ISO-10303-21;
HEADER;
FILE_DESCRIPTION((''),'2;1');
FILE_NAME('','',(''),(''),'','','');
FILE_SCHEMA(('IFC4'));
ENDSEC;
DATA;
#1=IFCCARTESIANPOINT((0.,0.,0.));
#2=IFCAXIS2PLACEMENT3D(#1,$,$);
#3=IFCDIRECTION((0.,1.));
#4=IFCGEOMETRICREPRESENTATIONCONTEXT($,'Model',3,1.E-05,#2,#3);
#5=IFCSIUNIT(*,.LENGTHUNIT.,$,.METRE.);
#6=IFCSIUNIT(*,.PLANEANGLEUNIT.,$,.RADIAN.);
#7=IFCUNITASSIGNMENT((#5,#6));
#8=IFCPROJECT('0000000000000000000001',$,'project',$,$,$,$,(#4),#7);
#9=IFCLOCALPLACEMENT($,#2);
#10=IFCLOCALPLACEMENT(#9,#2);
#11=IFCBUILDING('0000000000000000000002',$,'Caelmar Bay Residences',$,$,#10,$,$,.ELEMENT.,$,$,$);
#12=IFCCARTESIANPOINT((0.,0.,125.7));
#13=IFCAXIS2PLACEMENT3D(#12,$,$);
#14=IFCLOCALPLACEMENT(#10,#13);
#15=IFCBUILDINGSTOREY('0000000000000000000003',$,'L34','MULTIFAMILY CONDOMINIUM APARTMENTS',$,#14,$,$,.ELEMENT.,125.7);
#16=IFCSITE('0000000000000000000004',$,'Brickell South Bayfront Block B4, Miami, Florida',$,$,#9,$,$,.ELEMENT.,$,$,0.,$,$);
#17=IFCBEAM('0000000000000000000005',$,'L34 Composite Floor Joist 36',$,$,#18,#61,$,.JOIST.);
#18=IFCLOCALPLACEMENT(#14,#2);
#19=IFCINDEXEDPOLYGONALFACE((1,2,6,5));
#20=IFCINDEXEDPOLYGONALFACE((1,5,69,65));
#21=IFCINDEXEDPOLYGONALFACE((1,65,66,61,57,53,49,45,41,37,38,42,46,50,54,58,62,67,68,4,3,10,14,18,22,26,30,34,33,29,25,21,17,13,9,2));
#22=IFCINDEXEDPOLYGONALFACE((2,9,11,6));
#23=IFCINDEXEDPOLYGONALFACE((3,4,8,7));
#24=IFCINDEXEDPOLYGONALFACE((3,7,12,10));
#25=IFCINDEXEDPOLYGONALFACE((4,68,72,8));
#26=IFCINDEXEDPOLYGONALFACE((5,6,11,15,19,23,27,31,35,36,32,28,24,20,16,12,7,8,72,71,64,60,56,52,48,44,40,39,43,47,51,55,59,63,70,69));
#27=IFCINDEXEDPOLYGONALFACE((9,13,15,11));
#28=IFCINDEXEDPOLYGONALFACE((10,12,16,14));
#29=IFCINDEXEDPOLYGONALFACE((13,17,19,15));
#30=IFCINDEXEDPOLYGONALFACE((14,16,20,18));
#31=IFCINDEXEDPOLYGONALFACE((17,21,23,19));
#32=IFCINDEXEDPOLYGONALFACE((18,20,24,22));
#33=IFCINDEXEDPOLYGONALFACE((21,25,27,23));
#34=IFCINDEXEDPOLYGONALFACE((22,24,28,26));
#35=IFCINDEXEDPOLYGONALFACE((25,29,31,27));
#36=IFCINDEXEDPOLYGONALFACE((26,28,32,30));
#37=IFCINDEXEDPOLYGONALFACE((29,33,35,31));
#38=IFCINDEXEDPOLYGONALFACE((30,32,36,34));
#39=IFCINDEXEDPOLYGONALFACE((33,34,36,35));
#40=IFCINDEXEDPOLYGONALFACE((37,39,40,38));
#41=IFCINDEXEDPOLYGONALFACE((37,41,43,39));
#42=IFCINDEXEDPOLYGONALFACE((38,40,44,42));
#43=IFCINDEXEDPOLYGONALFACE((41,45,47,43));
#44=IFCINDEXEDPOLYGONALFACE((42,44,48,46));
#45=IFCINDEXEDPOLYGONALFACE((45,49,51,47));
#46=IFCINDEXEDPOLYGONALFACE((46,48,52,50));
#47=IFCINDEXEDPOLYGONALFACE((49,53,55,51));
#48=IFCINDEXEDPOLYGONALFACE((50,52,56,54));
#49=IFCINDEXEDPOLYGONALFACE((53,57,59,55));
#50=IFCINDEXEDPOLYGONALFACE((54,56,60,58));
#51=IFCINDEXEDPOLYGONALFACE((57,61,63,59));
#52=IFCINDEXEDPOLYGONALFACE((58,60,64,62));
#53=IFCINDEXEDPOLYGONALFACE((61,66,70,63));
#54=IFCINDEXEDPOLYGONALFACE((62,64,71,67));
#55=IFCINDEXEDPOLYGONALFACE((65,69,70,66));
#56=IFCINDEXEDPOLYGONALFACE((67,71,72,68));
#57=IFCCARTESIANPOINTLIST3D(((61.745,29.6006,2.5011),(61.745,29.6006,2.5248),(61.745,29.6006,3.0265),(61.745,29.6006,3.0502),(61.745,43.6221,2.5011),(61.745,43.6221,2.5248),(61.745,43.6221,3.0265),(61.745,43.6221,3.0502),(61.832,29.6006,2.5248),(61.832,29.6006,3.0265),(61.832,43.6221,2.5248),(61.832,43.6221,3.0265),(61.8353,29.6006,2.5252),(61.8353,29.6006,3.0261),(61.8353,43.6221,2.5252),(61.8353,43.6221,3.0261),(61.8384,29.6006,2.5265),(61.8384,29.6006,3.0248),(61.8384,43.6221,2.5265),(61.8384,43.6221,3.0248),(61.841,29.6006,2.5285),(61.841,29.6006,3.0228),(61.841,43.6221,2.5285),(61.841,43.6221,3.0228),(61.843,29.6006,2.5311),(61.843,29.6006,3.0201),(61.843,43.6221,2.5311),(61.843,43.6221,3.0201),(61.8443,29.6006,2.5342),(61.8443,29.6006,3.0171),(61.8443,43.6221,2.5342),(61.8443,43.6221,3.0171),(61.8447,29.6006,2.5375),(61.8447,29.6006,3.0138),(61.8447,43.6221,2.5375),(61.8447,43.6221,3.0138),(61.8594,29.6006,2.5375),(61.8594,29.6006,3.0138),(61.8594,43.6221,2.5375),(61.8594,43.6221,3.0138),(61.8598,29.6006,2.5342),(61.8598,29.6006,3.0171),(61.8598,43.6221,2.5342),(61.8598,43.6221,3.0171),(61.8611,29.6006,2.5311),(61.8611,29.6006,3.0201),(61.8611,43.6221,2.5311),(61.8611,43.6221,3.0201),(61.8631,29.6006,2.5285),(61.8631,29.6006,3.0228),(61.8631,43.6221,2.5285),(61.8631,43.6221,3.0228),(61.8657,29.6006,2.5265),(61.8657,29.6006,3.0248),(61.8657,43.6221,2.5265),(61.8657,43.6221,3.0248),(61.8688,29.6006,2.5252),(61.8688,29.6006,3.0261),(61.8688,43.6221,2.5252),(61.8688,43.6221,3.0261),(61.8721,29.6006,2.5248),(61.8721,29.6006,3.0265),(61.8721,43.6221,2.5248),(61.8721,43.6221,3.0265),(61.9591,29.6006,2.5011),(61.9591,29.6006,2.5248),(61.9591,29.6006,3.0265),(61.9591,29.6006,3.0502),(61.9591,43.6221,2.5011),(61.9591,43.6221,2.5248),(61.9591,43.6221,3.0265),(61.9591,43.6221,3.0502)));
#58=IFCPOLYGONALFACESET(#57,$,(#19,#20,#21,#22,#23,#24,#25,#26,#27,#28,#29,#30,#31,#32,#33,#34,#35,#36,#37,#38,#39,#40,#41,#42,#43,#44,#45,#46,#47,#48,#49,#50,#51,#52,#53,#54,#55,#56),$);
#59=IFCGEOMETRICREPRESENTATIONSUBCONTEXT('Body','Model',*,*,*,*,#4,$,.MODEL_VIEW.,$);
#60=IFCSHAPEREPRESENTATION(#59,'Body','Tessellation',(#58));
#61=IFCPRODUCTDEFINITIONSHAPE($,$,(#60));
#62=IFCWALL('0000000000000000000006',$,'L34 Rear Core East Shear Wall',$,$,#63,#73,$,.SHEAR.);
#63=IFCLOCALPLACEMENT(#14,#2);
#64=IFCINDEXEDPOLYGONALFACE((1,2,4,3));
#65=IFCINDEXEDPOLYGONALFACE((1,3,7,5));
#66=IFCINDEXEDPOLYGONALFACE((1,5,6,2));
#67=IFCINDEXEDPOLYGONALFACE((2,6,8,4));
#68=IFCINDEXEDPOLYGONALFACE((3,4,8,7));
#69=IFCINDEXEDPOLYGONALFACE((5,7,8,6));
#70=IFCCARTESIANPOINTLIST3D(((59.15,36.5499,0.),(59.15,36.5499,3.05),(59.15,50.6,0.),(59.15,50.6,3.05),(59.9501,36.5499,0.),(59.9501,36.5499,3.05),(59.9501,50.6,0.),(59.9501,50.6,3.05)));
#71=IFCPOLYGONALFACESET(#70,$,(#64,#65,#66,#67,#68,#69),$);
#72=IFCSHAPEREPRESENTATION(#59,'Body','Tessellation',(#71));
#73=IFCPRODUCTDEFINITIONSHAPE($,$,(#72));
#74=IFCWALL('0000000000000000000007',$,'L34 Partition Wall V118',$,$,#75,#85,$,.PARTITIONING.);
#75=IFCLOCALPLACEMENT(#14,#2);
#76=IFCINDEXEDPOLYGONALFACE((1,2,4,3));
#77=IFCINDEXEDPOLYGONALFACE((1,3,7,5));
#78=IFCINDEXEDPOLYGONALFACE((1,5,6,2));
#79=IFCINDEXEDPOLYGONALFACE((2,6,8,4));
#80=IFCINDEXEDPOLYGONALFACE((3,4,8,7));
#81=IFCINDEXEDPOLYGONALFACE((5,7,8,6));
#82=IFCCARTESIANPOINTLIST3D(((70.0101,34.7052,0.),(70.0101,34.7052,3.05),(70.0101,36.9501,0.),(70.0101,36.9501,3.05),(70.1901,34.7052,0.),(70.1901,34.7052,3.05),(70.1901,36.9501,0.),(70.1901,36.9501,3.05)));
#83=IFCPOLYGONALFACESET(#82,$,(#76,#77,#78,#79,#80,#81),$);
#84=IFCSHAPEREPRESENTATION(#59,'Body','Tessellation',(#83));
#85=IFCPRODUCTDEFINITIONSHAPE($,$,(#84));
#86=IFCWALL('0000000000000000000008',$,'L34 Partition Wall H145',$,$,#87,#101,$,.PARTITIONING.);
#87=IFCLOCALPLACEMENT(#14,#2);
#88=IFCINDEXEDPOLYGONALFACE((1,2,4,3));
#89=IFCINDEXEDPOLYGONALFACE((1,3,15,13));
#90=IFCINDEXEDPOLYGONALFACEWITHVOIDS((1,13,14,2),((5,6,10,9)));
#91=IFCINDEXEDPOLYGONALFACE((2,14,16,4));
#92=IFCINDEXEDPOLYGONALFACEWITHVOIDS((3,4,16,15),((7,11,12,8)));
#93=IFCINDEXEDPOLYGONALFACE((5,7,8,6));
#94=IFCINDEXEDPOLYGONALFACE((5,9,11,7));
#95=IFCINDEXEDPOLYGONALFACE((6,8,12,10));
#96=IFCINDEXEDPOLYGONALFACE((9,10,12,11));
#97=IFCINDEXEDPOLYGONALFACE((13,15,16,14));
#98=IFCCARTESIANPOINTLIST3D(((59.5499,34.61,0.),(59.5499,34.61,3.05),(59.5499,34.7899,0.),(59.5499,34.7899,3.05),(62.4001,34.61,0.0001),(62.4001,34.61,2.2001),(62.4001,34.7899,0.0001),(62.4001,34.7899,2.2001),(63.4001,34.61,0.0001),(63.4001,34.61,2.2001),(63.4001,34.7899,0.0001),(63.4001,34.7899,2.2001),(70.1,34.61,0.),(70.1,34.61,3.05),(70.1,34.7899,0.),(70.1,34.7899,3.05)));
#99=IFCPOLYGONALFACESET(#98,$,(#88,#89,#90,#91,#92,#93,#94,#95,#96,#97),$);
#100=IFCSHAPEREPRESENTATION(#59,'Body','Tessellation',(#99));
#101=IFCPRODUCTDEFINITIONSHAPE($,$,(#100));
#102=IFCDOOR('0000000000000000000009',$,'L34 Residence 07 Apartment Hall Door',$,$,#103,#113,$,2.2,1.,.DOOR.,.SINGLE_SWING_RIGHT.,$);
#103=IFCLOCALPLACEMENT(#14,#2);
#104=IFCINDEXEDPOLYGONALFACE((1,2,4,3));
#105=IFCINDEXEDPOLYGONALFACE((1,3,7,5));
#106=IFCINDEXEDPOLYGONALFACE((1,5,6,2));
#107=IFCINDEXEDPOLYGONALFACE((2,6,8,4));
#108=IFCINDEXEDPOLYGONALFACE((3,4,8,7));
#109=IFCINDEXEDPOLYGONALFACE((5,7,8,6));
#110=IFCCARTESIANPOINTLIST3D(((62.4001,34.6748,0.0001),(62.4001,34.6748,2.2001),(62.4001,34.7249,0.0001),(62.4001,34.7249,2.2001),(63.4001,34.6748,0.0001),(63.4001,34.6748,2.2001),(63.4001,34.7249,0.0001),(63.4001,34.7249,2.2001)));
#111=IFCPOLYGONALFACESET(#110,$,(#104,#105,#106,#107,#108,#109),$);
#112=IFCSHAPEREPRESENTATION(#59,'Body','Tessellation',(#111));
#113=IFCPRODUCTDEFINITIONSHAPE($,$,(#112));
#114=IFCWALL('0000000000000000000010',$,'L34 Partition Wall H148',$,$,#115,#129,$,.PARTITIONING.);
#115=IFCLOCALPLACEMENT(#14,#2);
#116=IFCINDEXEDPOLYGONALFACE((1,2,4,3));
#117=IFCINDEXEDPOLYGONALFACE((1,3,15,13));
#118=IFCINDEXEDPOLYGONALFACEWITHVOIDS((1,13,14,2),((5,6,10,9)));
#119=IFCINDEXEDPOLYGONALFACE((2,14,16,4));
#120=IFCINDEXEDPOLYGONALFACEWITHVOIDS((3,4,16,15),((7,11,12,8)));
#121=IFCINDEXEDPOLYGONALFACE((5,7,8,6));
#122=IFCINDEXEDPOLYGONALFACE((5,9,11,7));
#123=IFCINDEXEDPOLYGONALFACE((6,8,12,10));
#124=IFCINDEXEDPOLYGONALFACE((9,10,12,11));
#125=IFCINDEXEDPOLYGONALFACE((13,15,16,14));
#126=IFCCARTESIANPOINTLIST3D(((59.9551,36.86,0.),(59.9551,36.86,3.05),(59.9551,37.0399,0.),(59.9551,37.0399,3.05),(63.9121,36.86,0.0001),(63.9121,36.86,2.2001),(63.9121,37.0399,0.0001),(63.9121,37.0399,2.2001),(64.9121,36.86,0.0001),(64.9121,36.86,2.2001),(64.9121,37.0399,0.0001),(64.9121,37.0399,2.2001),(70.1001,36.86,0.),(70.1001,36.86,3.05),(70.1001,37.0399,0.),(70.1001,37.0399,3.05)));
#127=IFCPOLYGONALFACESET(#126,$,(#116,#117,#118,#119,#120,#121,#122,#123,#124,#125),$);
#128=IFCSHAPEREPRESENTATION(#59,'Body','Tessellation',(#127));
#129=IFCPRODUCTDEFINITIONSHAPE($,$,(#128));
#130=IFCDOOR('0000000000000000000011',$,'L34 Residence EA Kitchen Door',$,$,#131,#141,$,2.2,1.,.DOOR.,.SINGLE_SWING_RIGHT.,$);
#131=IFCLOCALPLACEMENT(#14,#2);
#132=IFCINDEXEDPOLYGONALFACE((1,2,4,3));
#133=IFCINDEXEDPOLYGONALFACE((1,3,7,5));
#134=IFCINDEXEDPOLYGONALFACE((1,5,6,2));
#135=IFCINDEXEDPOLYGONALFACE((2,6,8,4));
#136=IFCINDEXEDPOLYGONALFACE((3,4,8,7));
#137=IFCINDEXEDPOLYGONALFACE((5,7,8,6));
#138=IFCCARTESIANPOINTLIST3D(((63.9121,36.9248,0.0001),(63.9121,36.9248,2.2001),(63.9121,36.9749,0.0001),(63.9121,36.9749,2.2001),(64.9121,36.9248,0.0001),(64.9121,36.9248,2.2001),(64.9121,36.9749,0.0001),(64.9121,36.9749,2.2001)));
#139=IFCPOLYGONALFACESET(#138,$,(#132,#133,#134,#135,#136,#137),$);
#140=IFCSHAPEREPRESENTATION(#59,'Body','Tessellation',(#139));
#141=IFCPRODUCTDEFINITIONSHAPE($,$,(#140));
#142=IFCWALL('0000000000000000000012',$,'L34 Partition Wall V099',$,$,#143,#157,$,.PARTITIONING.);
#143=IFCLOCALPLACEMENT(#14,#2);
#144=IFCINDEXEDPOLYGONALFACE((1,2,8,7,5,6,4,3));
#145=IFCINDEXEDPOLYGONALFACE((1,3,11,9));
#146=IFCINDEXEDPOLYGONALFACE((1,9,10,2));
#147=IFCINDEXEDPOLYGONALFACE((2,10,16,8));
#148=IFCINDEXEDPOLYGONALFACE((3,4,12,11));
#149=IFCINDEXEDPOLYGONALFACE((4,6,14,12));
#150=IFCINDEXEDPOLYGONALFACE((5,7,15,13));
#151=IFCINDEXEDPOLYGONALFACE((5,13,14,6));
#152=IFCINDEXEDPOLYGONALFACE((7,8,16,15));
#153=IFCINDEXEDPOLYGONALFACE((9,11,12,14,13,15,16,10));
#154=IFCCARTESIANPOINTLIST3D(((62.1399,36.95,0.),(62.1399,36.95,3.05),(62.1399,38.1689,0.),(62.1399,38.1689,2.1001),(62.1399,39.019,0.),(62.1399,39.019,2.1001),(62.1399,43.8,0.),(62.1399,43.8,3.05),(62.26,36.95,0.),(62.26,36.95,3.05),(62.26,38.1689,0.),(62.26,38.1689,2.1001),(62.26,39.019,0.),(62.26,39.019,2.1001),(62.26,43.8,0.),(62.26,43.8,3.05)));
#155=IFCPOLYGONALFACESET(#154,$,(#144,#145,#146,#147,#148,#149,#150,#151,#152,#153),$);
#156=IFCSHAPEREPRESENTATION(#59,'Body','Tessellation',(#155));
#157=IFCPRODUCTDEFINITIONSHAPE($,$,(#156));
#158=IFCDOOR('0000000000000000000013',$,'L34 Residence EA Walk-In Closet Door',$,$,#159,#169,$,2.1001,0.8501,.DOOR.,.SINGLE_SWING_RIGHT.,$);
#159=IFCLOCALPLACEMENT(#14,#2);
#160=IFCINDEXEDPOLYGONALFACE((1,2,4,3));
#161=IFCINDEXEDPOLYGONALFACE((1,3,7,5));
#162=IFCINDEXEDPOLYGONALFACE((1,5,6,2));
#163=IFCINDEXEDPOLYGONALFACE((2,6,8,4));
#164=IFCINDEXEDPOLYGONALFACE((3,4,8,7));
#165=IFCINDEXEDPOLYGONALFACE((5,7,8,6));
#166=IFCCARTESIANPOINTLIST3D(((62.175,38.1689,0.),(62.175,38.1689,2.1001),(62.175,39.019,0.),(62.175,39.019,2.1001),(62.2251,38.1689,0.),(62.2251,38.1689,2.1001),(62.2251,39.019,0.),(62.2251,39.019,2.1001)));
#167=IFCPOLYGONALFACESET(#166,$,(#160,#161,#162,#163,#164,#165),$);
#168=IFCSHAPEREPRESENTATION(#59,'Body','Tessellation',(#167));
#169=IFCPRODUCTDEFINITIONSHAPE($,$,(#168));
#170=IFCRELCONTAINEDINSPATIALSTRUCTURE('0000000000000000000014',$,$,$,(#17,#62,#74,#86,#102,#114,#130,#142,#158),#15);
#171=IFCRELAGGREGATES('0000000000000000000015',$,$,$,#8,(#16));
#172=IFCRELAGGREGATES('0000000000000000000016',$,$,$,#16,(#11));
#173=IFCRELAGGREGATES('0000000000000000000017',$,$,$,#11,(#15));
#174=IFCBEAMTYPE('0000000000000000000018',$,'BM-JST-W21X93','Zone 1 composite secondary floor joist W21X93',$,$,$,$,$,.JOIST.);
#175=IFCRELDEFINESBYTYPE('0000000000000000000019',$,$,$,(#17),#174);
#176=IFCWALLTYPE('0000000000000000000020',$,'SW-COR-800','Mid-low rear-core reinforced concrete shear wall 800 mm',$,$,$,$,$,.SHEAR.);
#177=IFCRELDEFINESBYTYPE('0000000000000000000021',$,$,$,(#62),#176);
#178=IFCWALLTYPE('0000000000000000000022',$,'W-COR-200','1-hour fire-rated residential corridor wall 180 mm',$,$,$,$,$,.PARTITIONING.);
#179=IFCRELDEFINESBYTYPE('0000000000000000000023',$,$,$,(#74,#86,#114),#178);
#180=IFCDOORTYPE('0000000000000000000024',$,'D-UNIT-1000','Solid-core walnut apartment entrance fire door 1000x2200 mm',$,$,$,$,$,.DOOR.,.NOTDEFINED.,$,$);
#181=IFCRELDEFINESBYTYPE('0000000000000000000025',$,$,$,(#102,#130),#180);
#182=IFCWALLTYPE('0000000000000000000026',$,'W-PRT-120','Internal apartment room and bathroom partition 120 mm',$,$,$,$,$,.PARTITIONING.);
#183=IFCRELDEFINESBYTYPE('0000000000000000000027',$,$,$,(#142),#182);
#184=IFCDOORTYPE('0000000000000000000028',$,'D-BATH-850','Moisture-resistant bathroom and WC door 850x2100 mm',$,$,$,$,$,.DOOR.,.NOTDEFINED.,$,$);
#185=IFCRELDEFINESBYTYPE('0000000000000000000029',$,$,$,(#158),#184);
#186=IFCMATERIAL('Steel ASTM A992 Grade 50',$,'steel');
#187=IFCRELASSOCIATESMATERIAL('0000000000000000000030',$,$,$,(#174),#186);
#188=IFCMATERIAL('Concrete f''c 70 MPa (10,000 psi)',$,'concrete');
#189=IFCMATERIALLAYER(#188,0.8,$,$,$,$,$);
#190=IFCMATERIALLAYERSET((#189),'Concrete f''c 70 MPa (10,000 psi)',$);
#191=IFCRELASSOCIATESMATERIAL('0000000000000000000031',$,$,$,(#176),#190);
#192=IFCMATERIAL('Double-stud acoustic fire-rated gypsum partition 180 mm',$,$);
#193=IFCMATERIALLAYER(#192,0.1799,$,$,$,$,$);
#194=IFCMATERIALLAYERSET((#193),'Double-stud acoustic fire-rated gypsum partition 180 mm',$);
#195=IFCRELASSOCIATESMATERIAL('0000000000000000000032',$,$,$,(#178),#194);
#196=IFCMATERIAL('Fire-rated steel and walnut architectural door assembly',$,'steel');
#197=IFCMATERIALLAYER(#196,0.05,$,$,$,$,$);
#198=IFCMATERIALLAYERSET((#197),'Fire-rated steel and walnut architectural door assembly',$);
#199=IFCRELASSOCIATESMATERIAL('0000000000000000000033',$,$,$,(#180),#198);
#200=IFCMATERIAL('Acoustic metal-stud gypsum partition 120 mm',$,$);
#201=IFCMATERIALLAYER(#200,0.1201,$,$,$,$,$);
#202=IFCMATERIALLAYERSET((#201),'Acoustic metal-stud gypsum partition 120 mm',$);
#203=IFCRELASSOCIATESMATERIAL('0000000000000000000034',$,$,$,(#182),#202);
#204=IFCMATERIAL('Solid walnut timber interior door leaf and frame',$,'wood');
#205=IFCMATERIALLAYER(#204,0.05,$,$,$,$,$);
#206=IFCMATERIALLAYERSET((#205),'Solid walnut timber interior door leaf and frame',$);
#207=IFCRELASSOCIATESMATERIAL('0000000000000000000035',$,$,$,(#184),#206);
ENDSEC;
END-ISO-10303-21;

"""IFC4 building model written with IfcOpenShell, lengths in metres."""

from ifc_helpers import new_model, si_unit, direction, frame, frame_2d, origin, origin_2d, place, context, subcontext, project, spatial, rectangle, i_section, extrude, material, layer, layer_set, material_profile, profile_set, type_object, element, fill, save


model = new_model("IFC4")

# Units and contexts
model_context = context("Model", 3, precision=1e-05, world=origin(), true_north=direction((0.0, 1.0)))
body_context = subcontext(model_context, "Body", "Model", "MODEL_VIEW")
ifc_project = project(units=[si_unit("LENGTHUNIT", "METRE"), si_unit("PLANEANGLEUNIT", "RADIAN")], contexts=[model_context])

# Site, building, storey
site_placement = place(None, origin())
site = spatial("IfcSite", under=ifc_project, at=site_placement, Name="Brickell South Bayfront Block B4, Miami, Florida", CompositionType="ELEMENT", RefElevation=0.0)
building_placement = place(site_placement, origin())
building = spatial("IfcBuilding", under=site, at=building_placement, Name="Caelmar Bay Residences", CompositionType="ELEMENT")
storey_placement = place(building_placement, frame((0.0, 0.0, 125.7)))
storey = spatial("IfcBuildingStorey", under=building, at=storey_placement, Name="L34", Description="MULTIFAMILY CONDOMINIUM APARTMENTS", CompositionType="ELEMENT", Elevation=125.7)

# Shared definitions
ifc_material_1 = material(Name="Concrete f'c 70 MPa (10,000 psi)", Category="concrete")

# Beam
ifc_material_2 = material(Name="Steel ASTM A992 Grade 50", Category="steel")
ifc_material_profile_1 = material_profile(ifc_material_2, i_section(OverallWidth=0.2141, OverallDepth=0.5491, WebThickness=0.0146, FlangeThickness=0.0237, FilletRadius=0.0127, at=origin_2d()), Name="W21X93")
ifc_profile_set_1 = profile_set([ifc_material_profile_1], Name="Steel ASTM A992 Grade 50")
beam_type_1 = type_object("IfcBeamType", Name="BM-JST-W21X93", Description="Zone 1 composite secondary floor joist W21X93", PredefinedType="JOIST", material=ifc_profile_set_1)
beam_1_placement = place(storey_placement, frame((61.8521, 29.6006, 2.7756), z_axis=(0.0, 1.0, 0.0), x_axis=(-1.0, 0.0, 0.0)))
element("IfcBeam", 1, at=beam_1_placement, inside=storey, type_object=beam_type_1, Name="L34 Composite Floor Joist 36", PredefinedType="JOIST", context=body_context, shape_type="SweptSolid", body=[
    extrude(i_section(OverallWidth=0.2141, OverallDepth=0.5491, WebThickness=0.0146, FlangeThickness=0.0237, FilletRadius=0.0127, at=origin_2d()), origin(), (0.0, 0.0, 1.0), 14.0215),
])

# Walls
ifc_layer_1 = layer(ifc_material_1, 0.8)
ifc_layer_set_1 = layer_set([ifc_layer_1], Name="Concrete f'c 70 MPa (10,000 psi)")
wall_type_1 = type_object("IfcWallType", Name="SW-COR-800", Description="Mid-low rear-core reinforced concrete shear wall 800 mm", PredefinedType="SHEAR", material=ifc_layer_set_1)
wall_1_placement = place(storey_placement, frame((59.55, 36.55, 0.0), z_axis=(0.0, 0.0, 1.0), x_axis=(0.0, 1.0, 0.0)))
element("IfcWall", 2, at=wall_1_placement, inside=storey, type_object=wall_type_1, Name="L34 Rear Core East Shear Wall", PredefinedType="SHEAR", context=body_context, shape_type="SweptSolid", body=[
    extrude(rectangle(XDim=14.05, YDim=0.8, at=frame_2d((7.0249, 0.0))), origin(), (0.0, 0.0, 1.0), 3.05),
])
ifc_material_3 = material(Name="Double-stud acoustic fire-rated gypsum partition 180 mm")
ifc_layer_2 = layer(ifc_material_3, 0.1799)
ifc_layer_set_2 = layer_set([ifc_layer_2], Name="Double-stud acoustic fire-rated gypsum partition 180 mm")
wall_type_2 = type_object("IfcWallType", Name="W-COR-200", Description="1-hour fire-rated residential corridor wall 180 mm", PredefinedType="PARTITIONING", material=ifc_layer_set_2)
wall_2_placement = place(storey_placement, frame((70.1001, 34.7051, 0.0), z_axis=(0.0, 0.0, 1.0), x_axis=(0.0, 1.0, 0.0)))
element("IfcWall", 3, at=wall_2_placement, inside=storey, type_object=wall_type_2, Name="L34 Partition Wall V118", PredefinedType="PARTITIONING", context=body_context, shape_type="SweptSolid", body=[
    extrude(rectangle(XDim=2.2449, YDim=0.1799, at=frame_2d((1.1226, 0.0))), origin(), (0.0, 0.0, 1.0), 3.05),
])

# Walls, openings, doors
wall_3_placement = place(storey_placement, frame((59.55, 34.7, 0.0), z_axis=(0.0, 0.0, 1.0), x_axis=(1.0, 0.0, 0.0)))
wall_3 = element("IfcWall", 4, at=wall_3_placement, inside=storey, type_object=wall_type_2, Name="L34 Partition Wall H145", PredefinedType="PARTITIONING", context=body_context, shape_type="SweptSolid", body=[
    extrude(rectangle(XDim=10.55, YDim=0.1799, at=frame_2d((5.2749, 0.0))), origin(), (0.0, 0.0, 1.0), 3.05),
])
opening_1_placement = place(wall_3_placement, frame((2.8501, 0.0, 0.0)))
opening_1 = element("IfcOpeningElement", 5, at=opening_1_placement, cuts=wall_3, PredefinedType="OPENING", context=body_context, shape_type="SweptSolid", body=[
    extrude(rectangle(XDim=1.0, YDim=2.2, at=frame_2d((0.5, 1.1001))), frame((0.0, 0.0999, 0.0), z_axis=(0.0, -1.0, 0.0), x_axis=(1.0, 0.0, 0.0)), (0.0, 0.0, 1.0), 0.2),
])
ifc_material_4 = material(Name="Fire-rated steel and walnut architectural door assembly", Category="steel")
ifc_layer_3 = layer(ifc_material_4, 0.05)
ifc_layer_set_3 = layer_set([ifc_layer_3], Name="Fire-rated steel and walnut architectural door assembly")
door_type_1 = type_object("IfcDoorType", Name="D-UNIT-1000", Description="Solid-core walnut apartment entrance fire door 1000x2200 mm", OperationType="NOTDEFINED", PredefinedType="DOOR", material=ifc_layer_set_3)
door_1_placement = place(opening_1_placement, origin())
door_1 = element("IfcDoor", 6, at=door_1_placement, inside=storey, type_object=door_type_1, Name="L34 Residence 07 Apartment Hall Door", OperationType="SINGLE_SWING_RIGHT", OverallHeight=2.2, OverallWidth=1.0, PredefinedType="DOOR", context=body_context, shape_type="SweptSolid", body=[
    extrude(rectangle(XDim=1.0, YDim=2.2, at=frame_2d((0.5, 1.1001))), frame((0.0, 0.0249, 0.0), z_axis=(0.0, -1.0, 0.0), x_axis=(1.0, 0.0, 0.0)), (0.0, 0.0, 1.0), 0.05),
])
fill(opening_1, door_1)
wall_4_placement = place(storey_placement, frame((59.9551, 36.95, 0.0), z_axis=(0.0, 0.0, 1.0), x_axis=(1.0, 0.0, 0.0)))
wall_4 = element("IfcWall", 7, at=wall_4_placement, inside=storey, type_object=wall_type_2, Name="L34 Partition Wall H148", PredefinedType="PARTITIONING", context=body_context, shape_type="SweptSolid", body=[
    extrude(rectangle(XDim=10.145, YDim=0.1799, at=frame_2d((5.0725, 0.0))), origin(), (0.0, 0.0, 1.0), 3.05),
])
opening_2_placement = place(wall_4_placement, frame((3.957, 0.0, 0.0)))
opening_2 = element("IfcOpeningElement", 8, at=opening_2_placement, cuts=wall_4, PredefinedType="OPENING", context=body_context, shape_type="SweptSolid", body=[
    extrude(rectangle(XDim=1.0, YDim=2.2, at=frame_2d((0.5, 1.1001))), frame((0.0, 0.0999, 0.0), z_axis=(0.0, -1.0, 0.0), x_axis=(1.0, 0.0, 0.0)), (0.0, 0.0, 1.0), 0.2),
])
door_2_placement = place(opening_2_placement, origin())
door_2 = element("IfcDoor", 9, at=door_2_placement, inside=storey, type_object=door_type_1, Name="L34 Residence EA Kitchen Door", OperationType="SINGLE_SWING_RIGHT", OverallHeight=2.2, OverallWidth=1.0, PredefinedType="DOOR", context=body_context, shape_type="SweptSolid", body=[
    extrude(rectangle(XDim=1.0, YDim=2.2, at=frame_2d((0.5, 1.1001))), frame((0.0, 0.0249, 0.0), z_axis=(0.0, -1.0, 0.0), x_axis=(1.0, 0.0, 0.0)), (0.0, 0.0, 1.0), 0.05),
])
fill(opening_2, door_2)
ifc_material_5 = material(Name="Acoustic metal-stud gypsum partition 120 mm")
ifc_layer_4 = layer(ifc_material_5, 0.1201)
ifc_layer_set_4 = layer_set([ifc_layer_4], Name="Acoustic metal-stud gypsum partition 120 mm")
wall_type_3 = type_object("IfcWallType", Name="W-PRT-120", Description="Internal apartment room and bathroom partition 120 mm", PredefinedType="PARTITIONING", material=ifc_layer_set_4)
wall_5_placement = place(storey_placement, frame((62.2, 36.95, 0.0), z_axis=(0.0, 0.0, 1.0), x_axis=(0.0, 1.0, 0.0)))
wall_5 = element("IfcWall", 10, at=wall_5_placement, inside=storey, type_object=wall_type_3, Name="L34 Partition Wall V099", PredefinedType="PARTITIONING", context=body_context, shape_type="SweptSolid", body=[
    extrude(rectangle(XDim=6.8501, YDim=0.1201, at=frame_2d((3.425, 0.0))), origin(), (0.0, 0.0, 1.0), 3.05),
])
opening_3_placement = place(wall_5_placement, frame((1.219, 0.0, 0.0)))
opening_3 = element("IfcOpeningElement", 11, at=opening_3_placement, cuts=wall_5, PredefinedType="OPENING", context=body_context, shape_type="SweptSolid", body=[
    extrude(rectangle(XDim=0.8501, YDim=2.1001, at=frame_2d((0.425, 1.05))), frame((0.0, 0.0701, 0.0), z_axis=(0.0, -1.0, 0.0), x_axis=(1.0, 0.0, 0.0)), (0.0, 0.0, 1.0), 0.1401),
])
ifc_material_6 = material(Name="Solid walnut timber interior door leaf and frame", Category="wood")
ifc_layer_5 = layer(ifc_material_6, 0.05)
ifc_layer_set_5 = layer_set([ifc_layer_5], Name="Solid walnut timber interior door leaf and frame")
door_type_2 = type_object("IfcDoorType", Name="D-BATH-850", Description="Moisture-resistant bathroom and WC door 850x2100 mm", OperationType="NOTDEFINED", PredefinedType="DOOR", material=ifc_layer_set_5)
door_3_placement = place(opening_3_placement, origin())
door_3 = element("IfcDoor", 12, at=door_3_placement, inside=storey, type_object=door_type_2, Name="L34 Residence EA Walk-In Closet Door", OperationType="SINGLE_SWING_RIGHT", OverallHeight=2.1001, OverallWidth=0.8501, PredefinedType="DOOR", context=body_context, shape_type="SweptSolid", body=[
    extrude(rectangle(XDim=0.8501, YDim=2.1001, at=frame_2d((0.425, 1.05))), frame((0.0, 0.0249, 0.0), z_axis=(0.0, -1.0, 0.0), x_axis=(1.0, 0.0, 0.0)), (0.0, 0.0, 1.0), 0.05),
])
fill(opening_3, door_3)

save(model, "model.ifc")
